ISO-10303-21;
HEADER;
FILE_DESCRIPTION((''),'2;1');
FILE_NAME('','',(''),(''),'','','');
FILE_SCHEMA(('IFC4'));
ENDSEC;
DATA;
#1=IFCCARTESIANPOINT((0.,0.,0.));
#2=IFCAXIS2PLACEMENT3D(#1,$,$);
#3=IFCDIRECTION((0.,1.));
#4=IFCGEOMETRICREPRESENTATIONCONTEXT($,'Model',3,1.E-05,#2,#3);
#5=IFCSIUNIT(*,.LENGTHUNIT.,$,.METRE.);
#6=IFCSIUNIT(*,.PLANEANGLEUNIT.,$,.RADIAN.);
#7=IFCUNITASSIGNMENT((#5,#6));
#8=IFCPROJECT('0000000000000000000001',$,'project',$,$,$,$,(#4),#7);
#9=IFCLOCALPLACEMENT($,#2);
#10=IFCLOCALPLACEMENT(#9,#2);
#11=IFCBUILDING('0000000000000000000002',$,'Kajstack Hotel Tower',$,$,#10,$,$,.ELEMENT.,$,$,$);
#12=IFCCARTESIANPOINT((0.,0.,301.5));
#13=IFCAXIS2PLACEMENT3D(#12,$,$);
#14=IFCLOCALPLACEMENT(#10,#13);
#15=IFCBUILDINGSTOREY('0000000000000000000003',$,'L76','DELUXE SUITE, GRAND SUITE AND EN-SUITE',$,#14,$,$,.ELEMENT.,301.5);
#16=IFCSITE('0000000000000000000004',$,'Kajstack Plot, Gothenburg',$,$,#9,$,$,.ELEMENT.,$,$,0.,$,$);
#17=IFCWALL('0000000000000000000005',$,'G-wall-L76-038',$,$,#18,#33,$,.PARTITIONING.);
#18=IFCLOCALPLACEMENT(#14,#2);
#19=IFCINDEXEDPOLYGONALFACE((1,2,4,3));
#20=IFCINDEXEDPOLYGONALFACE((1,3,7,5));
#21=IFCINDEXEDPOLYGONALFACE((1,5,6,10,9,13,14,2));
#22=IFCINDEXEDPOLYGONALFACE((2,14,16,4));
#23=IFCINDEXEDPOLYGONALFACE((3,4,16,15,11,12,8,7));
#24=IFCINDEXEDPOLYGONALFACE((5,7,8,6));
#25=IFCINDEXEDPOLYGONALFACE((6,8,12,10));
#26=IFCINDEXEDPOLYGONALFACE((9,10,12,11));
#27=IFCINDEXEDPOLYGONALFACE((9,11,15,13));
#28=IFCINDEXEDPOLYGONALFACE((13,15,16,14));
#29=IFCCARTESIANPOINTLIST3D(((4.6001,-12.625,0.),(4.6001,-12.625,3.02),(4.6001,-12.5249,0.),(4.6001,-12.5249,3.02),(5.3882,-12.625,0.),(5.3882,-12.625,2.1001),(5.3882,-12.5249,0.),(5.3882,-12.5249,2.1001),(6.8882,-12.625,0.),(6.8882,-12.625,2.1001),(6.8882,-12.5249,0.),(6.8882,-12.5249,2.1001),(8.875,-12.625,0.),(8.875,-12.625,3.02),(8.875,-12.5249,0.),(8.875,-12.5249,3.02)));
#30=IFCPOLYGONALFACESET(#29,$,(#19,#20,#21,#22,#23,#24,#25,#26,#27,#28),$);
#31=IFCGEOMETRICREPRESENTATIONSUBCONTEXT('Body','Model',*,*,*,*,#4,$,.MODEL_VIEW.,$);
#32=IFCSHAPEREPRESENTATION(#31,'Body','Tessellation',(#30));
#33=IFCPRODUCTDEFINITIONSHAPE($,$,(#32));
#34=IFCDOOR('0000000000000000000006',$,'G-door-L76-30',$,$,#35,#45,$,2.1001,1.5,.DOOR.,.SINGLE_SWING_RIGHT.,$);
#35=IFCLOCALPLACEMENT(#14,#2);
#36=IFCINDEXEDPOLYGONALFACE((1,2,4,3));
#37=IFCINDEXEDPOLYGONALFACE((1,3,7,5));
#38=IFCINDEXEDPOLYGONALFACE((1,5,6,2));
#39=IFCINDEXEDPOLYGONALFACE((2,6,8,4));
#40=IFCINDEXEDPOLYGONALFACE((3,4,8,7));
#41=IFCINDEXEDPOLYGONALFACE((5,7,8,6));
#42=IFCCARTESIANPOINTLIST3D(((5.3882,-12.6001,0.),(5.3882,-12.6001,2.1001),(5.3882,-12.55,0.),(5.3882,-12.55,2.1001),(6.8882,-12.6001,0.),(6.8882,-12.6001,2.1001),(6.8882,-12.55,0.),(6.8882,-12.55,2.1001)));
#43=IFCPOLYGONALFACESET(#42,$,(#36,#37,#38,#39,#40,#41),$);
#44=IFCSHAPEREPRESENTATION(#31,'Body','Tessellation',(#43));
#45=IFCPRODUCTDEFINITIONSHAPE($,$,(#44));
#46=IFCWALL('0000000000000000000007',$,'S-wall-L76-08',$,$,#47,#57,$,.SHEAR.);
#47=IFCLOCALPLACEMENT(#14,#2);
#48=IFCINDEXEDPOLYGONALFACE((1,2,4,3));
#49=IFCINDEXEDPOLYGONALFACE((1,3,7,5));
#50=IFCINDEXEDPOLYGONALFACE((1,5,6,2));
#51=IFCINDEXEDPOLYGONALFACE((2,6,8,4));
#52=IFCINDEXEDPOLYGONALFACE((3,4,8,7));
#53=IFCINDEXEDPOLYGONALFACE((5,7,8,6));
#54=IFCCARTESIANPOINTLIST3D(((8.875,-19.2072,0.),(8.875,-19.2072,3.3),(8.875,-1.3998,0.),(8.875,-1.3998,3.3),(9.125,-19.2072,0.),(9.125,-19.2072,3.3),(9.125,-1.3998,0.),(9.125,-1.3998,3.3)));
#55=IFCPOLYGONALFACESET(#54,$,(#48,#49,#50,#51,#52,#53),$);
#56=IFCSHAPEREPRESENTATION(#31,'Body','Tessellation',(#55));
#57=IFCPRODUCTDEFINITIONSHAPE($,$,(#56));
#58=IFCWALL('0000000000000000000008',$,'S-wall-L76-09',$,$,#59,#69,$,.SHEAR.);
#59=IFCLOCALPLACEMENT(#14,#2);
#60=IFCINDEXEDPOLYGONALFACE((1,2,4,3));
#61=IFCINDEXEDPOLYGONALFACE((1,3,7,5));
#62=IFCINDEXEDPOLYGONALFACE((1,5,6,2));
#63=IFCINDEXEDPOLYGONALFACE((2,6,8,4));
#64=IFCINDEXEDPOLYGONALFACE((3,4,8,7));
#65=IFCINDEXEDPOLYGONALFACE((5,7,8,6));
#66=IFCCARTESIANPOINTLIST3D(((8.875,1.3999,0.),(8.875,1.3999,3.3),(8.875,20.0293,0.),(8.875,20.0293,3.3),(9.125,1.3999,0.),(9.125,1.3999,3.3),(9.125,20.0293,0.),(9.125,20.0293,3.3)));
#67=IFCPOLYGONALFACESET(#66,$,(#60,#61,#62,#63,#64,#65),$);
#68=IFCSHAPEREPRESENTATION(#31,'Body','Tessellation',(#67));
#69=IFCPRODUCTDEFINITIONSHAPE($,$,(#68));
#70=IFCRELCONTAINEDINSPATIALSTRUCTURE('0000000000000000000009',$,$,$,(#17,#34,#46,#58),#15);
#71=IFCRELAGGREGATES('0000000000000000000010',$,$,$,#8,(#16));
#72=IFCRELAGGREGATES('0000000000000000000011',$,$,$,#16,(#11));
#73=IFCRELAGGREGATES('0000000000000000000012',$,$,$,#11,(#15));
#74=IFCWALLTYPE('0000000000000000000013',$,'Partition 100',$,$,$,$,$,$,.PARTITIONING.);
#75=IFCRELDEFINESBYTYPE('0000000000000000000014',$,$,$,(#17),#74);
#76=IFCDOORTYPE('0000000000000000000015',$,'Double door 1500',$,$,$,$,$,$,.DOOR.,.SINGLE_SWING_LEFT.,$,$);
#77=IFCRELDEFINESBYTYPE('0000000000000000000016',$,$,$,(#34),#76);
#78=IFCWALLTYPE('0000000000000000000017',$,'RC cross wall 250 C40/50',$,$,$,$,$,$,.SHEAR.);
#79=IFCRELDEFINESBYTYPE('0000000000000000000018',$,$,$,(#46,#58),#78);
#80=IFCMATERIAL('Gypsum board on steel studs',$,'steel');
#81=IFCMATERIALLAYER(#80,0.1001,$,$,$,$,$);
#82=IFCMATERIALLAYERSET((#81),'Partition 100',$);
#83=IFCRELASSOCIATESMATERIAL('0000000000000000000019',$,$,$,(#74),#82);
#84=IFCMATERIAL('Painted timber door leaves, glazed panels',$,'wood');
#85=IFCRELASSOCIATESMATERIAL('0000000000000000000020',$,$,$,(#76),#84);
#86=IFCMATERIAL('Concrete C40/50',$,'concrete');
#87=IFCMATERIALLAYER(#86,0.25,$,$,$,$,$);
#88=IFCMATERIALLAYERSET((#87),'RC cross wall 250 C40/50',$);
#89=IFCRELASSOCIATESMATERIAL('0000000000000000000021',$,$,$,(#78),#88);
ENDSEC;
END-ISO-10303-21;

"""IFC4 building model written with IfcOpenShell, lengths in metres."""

from ifc_helpers import new_model, si_unit, direction, frame, frame_2d, origin, place, context, subcontext, project, spatial, rectangle, extrude, material, layer, layer_set, type_object, element, fill, save


model = new_model("IFC4")

# Units and contexts
model_context = context("Model", 3, precision=1e-05, world=origin(), true_north=direction((0.0, 1.0)))
body_context = subcontext(model_context, "Body", "Model", "MODEL_VIEW")
ifc_project = project(units=[si_unit("LENGTHUNIT", "METRE"), si_unit("PLANEANGLEUNIT", "RADIAN")], contexts=[model_context])

# Site, building, storey
site_placement = place(None, origin())
site = spatial("IfcSite", under=ifc_project, at=site_placement, Name="Kajstack Plot, Gothenburg", CompositionType="ELEMENT", RefElevation=0.0)
building_placement = place(site_placement, origin())
building = spatial("IfcBuilding", under=site, at=building_placement, Name="Kajstack Hotel Tower", CompositionType="ELEMENT")
storey_placement = place(building_placement, frame((0.0, 0.0, 301.5)))
storey = spatial("IfcBuildingStorey", under=building, at=storey_placement, Name="L76", Description="DELUXE SUITE, GRAND SUITE AND EN-SUITE", CompositionType="ELEMENT", Elevation=301.5)

# Shared definitions
ifc_material_1 = material(Name="Concrete C40/50", Category="concrete")

# Wall, opening, door
ifc_material_2 = material(Name="Gypsum board on steel studs", Category="steel")
ifc_layer_1 = layer(ifc_material_2, 0.1001)
ifc_layer_set_1 = layer_set([ifc_layer_1], Name="Partition 100")
wall_type_1 = type_object("IfcWallType", Name="Partition 100", PredefinedType="PARTITIONING", material=ifc_layer_set_1)
wall_1_placement = place(storey_placement, frame((4.6001, -12.575, 0.0), z_axis=(0.0, 0.0, 1.0), x_axis=(1.0, 0.0, 0.0)))
wall_1 = element("IfcWall", 1, at=wall_1_placement, inside=storey, type_object=wall_type_1, Name="G-wall-L76-038", PredefinedType="PARTITIONING", context=body_context, shape_type="SweptSolid", body=[
    extrude(rectangle(XDim=4.2749, YDim=0.1001, at=frame_2d((2.1375, 0.0))), origin(), (0.0, 0.0, 1.0), 3.02),
])
opening_1_placement = place(wall_1_placement, frame((0.7881, 0.0, 0.0)))
opening_1 = element("IfcOpeningElement", 2, at=opening_1_placement, cuts=wall_1, PredefinedType="OPENING", context=body_context, shape_type="SweptSolid", body=[
    extrude(rectangle(XDim=1.5, YDim=2.1001, at=frame_2d((0.75, 1.05))), frame((0.0, 0.0601, 0.0), z_axis=(0.0, -1.0, 0.0), x_axis=(1.0, 0.0, 0.0)), (0.0, 0.0, 1.0), 0.1201),
])
ifc_material_3 = material(Name="Painted timber door leaves, glazed panels", Category="wood")
door_type_1 = type_object("IfcDoorType", Name="Double door 1500", OperationType="SINGLE_SWING_LEFT", PredefinedType="DOOR", material=ifc_material_3)
door_1_placement = place(opening_1_placement, origin())
door_1 = element("IfcDoor", 3, at=door_1_placement, inside=storey, type_object=door_type_1, Name="G-door-L76-30", OperationType="SINGLE_SWING_RIGHT", OverallHeight=2.1001, OverallWidth=1.5, PredefinedType="DOOR", context=body_context, shape_type="SweptSolid", body=[
    extrude(rectangle(XDim=1.5, YDim=2.1001, at=frame_2d((0.75, 1.05))), frame((0.0, 0.0249, 0.0), z_axis=(0.0, -1.0, 0.0), x_axis=(1.0, 0.0, 0.0)), (0.0, 0.0, 1.0), 0.05),
])
fill(opening_1, door_1)

# Walls
ifc_layer_2 = layer(ifc_material_1, 0.25)
ifc_layer_set_2 = layer_set([ifc_layer_2], Name="RC cross wall 250 C40/50")
wall_type_2 = type_object("IfcWallType", Name="RC cross wall 250 C40/50", PredefinedType="SHEAR", material=ifc_layer_set_2)
wall_2_placement = place(storey_placement, frame((9.0, -19.2073, 0.0), z_axis=(0.0, 0.0, 1.0), x_axis=(0.0, 1.0, 0.0)))
element("IfcWall", 4, at=wall_2_placement, inside=storey, type_object=wall_type_2, Name="S-wall-L76-08", PredefinedType="SHEAR", context=body_context, shape_type="SweptSolid", body=[
    extrude(rectangle(XDim=17.8074, YDim=0.25, at=frame_2d((8.9038, 0.0))), origin(), (0.0, 0.0, 1.0), 3.3),
])
wall_3_placement = place(storey_placement, frame((9.0, 1.3999, 0.0), z_axis=(0.0, 0.0, 1.0), x_axis=(0.0, 1.0, 0.0)))
element("IfcWall", 5, at=wall_3_placement, inside=storey, type_object=wall_type_2, Name="S-wall-L76-09", PredefinedType="SHEAR", context=body_context, shape_type="SweptSolid", body=[
    extrude(rectangle(XDim=18.6294, YDim=0.25, at=frame_2d((9.3147, 0.0))), origin(), (0.0, 0.0, 1.0), 3.3),
])

save(model, "model.ifc")
